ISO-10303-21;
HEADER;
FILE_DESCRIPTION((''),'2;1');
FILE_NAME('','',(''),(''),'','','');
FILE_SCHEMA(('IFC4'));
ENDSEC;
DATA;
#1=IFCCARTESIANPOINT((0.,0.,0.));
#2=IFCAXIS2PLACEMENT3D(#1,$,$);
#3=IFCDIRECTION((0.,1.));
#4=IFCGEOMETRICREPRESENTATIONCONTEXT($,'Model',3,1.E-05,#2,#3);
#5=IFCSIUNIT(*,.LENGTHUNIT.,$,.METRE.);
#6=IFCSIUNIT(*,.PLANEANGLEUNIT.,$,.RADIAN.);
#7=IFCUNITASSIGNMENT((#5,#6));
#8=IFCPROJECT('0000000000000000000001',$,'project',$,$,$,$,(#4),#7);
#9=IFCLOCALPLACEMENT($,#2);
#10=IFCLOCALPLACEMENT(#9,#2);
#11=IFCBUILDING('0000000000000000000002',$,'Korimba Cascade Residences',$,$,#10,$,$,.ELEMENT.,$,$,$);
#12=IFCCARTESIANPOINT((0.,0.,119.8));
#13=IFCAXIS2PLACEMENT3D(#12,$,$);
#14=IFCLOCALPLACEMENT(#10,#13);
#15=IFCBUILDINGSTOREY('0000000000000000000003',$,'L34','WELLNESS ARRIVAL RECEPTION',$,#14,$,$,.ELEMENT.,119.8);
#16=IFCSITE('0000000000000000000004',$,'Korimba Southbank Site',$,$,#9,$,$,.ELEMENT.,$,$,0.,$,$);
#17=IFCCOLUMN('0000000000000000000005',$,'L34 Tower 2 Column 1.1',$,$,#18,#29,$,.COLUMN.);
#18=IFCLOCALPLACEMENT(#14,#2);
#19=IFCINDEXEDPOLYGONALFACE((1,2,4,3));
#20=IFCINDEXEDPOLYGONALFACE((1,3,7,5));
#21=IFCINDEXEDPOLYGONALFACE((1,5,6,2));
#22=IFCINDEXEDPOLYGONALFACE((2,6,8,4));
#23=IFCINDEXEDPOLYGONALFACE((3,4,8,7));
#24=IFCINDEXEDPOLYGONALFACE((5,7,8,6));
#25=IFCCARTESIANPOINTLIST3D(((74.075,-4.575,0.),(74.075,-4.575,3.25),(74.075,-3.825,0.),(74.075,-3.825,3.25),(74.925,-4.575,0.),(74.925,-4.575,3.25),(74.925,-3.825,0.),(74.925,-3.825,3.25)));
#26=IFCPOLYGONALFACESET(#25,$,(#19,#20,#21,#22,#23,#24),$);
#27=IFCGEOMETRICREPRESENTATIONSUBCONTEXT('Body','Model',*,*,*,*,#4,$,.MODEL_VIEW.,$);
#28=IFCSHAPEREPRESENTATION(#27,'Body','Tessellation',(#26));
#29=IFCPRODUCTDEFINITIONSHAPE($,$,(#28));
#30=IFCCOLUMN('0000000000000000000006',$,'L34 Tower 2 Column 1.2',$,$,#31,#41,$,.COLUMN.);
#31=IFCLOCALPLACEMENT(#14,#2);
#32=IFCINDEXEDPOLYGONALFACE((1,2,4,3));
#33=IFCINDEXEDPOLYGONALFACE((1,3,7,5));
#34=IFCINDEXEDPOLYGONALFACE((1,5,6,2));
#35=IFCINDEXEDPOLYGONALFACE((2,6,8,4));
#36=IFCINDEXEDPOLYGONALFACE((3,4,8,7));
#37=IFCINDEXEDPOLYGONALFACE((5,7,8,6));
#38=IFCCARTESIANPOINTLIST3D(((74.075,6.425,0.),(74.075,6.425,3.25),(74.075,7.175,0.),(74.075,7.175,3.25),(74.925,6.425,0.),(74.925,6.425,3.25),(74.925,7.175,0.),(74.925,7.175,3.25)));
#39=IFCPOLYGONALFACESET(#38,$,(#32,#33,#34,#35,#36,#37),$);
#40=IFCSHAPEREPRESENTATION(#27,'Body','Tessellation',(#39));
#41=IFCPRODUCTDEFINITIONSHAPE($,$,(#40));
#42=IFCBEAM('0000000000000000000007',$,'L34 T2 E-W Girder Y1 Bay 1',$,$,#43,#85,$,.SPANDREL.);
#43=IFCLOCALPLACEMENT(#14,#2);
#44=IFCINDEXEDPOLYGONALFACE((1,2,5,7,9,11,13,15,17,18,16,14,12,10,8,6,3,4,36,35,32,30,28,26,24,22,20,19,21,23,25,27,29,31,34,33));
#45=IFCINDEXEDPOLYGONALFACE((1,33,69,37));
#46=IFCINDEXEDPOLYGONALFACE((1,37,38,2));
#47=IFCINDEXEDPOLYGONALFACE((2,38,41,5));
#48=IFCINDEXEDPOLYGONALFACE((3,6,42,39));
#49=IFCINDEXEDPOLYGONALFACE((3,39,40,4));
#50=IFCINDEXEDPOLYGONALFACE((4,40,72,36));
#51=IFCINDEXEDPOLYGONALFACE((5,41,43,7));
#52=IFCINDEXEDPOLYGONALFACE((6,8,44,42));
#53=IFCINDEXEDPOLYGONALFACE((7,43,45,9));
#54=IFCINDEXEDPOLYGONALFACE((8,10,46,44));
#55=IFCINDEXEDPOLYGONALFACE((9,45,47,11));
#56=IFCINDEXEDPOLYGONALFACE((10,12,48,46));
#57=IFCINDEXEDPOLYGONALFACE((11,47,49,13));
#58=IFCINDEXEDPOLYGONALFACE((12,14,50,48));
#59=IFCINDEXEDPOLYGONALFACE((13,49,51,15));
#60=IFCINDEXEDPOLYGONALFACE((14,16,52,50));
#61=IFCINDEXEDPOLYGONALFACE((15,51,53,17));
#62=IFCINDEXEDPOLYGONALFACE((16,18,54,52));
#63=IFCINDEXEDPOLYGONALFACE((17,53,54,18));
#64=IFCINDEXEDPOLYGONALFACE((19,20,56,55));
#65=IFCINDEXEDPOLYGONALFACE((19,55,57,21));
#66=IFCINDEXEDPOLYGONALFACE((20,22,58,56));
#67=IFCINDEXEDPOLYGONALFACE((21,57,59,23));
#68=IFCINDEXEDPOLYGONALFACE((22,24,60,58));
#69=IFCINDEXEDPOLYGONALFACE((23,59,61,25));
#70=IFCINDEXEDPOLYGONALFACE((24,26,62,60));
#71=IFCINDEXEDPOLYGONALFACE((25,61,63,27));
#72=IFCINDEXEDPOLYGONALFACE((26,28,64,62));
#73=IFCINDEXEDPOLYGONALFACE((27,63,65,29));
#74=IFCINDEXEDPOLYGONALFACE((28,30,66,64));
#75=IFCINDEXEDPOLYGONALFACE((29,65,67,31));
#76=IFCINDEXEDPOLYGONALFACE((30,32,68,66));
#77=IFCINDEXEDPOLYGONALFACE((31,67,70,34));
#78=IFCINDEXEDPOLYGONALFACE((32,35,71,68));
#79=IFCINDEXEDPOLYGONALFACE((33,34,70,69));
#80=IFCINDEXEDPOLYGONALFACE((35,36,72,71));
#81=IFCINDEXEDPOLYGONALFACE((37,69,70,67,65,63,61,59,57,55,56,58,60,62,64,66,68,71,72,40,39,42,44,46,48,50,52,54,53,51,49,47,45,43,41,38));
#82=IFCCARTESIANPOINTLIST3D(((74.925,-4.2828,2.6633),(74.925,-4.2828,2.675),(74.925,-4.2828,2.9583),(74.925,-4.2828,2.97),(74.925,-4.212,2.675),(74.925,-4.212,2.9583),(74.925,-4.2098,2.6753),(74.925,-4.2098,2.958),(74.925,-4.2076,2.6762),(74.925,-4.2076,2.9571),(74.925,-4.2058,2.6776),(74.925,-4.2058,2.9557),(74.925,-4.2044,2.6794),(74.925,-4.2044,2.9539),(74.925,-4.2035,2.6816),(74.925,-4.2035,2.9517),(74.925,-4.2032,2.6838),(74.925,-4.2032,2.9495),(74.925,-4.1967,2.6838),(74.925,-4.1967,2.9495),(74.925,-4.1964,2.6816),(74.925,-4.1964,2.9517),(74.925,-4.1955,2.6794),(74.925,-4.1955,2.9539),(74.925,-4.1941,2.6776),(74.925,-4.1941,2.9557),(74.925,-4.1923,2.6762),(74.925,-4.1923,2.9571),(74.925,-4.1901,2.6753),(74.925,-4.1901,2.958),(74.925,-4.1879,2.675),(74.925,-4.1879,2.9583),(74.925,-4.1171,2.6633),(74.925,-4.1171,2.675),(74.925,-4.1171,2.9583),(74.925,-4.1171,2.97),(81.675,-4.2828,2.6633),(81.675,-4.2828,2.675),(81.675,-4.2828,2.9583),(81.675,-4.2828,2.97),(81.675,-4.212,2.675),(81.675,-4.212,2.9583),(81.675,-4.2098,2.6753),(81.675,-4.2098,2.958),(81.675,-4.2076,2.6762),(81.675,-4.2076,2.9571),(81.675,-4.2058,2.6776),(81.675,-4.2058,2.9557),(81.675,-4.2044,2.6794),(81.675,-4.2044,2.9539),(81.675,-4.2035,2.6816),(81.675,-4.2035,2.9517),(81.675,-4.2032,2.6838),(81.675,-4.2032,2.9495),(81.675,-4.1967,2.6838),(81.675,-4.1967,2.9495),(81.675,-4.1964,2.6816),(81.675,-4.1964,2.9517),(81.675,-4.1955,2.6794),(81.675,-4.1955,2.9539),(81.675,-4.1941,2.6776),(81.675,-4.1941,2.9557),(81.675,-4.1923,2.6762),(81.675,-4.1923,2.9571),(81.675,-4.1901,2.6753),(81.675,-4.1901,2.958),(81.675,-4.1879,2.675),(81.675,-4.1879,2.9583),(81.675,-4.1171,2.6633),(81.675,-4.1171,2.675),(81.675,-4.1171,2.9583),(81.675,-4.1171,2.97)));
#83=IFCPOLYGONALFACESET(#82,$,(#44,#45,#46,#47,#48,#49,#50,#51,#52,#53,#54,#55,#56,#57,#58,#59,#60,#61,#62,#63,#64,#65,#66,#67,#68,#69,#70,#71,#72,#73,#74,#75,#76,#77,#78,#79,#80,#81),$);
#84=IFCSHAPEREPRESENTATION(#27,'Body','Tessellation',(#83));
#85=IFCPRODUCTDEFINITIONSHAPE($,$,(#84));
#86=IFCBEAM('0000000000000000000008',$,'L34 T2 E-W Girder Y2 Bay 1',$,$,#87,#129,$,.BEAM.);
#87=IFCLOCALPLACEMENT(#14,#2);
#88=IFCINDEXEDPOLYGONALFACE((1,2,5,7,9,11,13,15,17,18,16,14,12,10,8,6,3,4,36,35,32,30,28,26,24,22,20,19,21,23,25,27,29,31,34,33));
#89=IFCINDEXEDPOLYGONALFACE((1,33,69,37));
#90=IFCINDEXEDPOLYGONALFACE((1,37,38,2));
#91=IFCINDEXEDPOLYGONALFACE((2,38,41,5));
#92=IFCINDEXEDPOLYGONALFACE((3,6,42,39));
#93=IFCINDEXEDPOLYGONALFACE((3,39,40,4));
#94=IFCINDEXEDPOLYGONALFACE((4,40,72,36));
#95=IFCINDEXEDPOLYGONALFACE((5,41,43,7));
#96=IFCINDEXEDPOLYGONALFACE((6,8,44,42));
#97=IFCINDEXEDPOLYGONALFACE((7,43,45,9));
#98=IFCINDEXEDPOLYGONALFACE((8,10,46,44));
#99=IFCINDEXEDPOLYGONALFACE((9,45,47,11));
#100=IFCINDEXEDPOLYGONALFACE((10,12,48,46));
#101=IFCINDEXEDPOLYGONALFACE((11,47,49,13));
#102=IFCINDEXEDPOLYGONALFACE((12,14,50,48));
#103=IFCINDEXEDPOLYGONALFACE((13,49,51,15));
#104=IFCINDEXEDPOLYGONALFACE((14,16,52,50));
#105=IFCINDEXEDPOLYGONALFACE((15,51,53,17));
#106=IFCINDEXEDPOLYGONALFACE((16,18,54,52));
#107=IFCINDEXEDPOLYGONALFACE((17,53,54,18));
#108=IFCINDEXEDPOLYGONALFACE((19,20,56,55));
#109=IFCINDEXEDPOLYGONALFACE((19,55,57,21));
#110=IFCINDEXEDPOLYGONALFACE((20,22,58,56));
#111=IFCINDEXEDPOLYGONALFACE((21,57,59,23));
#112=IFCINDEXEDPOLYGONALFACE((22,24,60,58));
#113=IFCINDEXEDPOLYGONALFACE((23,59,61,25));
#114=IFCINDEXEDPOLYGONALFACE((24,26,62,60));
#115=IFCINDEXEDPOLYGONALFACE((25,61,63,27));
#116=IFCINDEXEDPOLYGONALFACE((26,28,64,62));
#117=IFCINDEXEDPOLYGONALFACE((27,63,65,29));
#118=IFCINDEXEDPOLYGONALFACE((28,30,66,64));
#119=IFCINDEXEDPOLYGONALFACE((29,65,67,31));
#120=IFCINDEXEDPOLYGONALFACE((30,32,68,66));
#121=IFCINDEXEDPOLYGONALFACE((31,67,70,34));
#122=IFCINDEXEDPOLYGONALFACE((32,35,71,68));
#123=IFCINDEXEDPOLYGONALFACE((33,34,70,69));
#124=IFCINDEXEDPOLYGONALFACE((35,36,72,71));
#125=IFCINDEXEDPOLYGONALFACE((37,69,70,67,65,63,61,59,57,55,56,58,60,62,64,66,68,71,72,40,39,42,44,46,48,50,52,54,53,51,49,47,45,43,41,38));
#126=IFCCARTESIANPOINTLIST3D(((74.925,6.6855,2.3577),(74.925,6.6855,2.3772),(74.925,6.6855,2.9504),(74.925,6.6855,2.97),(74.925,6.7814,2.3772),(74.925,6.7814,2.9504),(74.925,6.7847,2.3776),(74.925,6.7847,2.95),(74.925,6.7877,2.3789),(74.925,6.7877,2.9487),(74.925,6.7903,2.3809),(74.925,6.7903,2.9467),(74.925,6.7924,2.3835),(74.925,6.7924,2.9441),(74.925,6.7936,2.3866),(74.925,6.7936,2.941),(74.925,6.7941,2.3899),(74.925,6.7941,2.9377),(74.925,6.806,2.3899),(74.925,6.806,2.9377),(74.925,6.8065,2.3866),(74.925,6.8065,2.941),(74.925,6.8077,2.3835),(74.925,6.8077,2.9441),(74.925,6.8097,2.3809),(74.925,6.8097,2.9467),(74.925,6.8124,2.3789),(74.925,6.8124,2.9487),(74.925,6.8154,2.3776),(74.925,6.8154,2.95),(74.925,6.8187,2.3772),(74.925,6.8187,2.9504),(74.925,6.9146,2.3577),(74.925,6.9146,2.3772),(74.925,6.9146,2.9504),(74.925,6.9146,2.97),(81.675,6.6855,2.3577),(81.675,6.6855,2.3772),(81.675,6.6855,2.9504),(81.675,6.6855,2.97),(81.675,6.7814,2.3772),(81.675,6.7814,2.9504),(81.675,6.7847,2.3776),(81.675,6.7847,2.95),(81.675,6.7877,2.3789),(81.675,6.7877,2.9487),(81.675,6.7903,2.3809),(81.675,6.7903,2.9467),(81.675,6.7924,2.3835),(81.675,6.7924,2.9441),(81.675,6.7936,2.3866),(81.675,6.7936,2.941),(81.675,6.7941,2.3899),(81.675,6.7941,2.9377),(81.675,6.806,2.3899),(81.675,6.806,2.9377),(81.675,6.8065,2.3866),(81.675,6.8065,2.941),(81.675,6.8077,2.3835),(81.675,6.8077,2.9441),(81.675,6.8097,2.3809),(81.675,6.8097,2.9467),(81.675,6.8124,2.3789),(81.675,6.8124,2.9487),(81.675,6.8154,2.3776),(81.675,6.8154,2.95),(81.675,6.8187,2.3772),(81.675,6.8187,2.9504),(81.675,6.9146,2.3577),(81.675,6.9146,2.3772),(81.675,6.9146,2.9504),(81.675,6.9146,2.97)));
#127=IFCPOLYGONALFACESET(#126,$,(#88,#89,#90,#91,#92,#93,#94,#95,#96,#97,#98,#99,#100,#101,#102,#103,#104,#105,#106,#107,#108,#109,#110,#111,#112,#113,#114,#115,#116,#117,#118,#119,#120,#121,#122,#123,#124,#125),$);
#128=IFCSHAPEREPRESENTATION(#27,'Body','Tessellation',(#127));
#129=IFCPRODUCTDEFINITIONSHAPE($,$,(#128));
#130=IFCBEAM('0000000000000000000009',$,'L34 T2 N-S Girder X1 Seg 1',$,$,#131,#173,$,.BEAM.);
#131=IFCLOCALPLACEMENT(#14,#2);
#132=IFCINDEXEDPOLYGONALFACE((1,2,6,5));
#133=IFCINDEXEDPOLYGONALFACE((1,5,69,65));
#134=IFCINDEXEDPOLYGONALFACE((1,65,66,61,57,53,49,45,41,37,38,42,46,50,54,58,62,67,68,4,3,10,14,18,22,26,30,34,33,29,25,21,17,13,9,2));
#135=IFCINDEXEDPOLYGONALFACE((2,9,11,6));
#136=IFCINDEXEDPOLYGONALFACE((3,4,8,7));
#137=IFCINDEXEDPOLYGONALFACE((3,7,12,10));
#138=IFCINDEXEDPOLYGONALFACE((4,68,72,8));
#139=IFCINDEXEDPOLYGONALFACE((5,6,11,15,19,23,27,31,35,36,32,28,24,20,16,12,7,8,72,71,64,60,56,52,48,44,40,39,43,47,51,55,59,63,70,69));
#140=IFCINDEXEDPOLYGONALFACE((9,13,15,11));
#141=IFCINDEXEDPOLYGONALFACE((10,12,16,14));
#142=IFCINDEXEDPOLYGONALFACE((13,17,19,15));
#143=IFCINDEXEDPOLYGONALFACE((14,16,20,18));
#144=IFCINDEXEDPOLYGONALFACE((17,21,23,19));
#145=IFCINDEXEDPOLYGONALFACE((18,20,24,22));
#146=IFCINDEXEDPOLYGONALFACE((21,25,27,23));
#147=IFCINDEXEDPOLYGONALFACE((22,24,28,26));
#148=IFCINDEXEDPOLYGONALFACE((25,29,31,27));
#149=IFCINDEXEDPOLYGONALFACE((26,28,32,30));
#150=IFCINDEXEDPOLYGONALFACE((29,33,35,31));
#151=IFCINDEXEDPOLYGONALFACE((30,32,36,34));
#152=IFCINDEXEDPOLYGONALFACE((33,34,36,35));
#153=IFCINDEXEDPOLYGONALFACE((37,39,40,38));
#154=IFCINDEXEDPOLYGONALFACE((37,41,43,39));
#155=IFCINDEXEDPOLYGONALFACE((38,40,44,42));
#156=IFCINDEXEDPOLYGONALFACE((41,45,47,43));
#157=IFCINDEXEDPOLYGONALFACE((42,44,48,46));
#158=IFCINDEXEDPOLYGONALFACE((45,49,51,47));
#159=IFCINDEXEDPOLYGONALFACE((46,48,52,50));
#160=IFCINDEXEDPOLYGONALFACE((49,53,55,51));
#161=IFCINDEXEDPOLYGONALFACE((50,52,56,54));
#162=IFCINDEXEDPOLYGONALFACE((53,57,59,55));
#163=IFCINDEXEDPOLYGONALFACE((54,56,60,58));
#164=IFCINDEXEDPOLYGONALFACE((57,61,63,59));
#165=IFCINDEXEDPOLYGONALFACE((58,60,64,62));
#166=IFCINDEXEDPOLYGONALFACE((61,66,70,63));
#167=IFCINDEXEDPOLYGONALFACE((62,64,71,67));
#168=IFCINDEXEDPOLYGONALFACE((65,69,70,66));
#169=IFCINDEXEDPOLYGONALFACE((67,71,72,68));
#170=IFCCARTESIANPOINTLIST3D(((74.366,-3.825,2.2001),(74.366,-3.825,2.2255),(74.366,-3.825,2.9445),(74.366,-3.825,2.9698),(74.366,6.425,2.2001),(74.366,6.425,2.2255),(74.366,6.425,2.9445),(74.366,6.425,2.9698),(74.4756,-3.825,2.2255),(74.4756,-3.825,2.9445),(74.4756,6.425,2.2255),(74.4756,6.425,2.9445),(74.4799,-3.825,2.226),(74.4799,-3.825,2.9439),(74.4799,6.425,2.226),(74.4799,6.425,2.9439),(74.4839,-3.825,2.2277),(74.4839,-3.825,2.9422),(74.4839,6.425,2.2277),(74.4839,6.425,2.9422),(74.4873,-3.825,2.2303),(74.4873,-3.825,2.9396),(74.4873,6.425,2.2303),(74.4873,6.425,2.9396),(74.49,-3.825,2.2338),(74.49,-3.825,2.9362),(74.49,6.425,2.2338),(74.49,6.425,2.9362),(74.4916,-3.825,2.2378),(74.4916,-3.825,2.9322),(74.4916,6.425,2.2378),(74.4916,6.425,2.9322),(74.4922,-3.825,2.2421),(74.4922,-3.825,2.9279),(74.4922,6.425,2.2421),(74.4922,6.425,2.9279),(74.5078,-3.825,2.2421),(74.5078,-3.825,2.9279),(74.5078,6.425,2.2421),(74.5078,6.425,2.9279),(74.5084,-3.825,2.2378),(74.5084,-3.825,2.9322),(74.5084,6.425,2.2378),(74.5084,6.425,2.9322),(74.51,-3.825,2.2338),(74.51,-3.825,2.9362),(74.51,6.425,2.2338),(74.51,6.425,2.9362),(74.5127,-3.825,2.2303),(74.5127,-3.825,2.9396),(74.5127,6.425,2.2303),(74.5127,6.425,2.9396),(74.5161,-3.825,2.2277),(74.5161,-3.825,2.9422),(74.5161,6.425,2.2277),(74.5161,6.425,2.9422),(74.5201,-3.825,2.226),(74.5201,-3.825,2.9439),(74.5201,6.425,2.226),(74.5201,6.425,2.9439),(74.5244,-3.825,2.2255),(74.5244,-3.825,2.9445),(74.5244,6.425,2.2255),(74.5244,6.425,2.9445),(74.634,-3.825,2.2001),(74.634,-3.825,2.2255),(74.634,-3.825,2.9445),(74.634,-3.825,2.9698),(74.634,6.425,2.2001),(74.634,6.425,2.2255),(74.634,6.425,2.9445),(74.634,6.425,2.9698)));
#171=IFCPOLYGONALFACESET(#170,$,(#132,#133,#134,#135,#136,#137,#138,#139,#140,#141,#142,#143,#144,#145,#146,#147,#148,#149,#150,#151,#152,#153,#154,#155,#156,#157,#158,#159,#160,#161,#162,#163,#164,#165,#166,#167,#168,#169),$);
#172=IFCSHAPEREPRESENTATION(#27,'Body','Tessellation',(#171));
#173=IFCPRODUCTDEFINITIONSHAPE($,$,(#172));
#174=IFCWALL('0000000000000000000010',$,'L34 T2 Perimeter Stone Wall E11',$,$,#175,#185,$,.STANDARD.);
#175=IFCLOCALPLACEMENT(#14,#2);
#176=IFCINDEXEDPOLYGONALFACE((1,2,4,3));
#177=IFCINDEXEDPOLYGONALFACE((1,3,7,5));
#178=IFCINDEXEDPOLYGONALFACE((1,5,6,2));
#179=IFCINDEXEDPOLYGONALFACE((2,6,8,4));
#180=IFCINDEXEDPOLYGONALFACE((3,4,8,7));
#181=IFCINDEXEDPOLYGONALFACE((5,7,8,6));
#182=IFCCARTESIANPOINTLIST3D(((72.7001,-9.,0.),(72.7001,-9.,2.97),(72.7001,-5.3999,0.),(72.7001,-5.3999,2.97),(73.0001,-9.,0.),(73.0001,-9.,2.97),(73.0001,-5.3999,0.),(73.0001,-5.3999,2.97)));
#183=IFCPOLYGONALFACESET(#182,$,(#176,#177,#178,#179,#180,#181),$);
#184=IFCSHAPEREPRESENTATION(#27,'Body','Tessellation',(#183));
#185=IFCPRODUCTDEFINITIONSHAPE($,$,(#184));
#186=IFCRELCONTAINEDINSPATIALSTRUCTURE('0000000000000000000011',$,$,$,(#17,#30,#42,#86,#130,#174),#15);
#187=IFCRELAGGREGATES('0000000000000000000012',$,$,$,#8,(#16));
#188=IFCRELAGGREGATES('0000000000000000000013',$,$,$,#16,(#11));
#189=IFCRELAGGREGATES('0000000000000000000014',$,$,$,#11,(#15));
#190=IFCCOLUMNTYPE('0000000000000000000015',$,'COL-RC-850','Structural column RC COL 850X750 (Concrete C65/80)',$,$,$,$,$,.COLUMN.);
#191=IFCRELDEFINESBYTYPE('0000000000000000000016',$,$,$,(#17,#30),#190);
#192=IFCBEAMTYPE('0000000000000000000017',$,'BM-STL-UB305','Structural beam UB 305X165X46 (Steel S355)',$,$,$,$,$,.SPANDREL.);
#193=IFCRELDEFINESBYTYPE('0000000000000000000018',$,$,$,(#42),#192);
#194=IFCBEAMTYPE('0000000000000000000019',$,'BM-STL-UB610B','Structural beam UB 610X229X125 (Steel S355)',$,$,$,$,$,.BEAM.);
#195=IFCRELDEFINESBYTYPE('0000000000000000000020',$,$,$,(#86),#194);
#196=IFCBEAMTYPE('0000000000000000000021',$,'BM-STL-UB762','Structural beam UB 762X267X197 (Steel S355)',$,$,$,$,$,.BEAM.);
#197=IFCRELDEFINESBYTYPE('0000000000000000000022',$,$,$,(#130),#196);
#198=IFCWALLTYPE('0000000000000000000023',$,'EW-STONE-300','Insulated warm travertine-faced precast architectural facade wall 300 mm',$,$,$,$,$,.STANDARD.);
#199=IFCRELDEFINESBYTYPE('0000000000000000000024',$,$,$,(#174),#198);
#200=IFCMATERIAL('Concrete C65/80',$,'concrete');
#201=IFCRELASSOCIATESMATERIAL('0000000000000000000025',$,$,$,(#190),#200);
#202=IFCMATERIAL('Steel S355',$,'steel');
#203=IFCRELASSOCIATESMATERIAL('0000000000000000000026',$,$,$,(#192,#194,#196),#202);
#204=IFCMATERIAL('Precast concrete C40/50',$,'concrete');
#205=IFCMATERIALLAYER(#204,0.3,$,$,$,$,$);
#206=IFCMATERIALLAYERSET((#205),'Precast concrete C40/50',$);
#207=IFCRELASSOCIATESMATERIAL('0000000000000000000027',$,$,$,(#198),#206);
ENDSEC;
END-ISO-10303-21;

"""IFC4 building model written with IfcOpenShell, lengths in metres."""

from ifc_helpers import new_model, si_unit, direction, frame, frame_2d, origin, origin_2d, place, context, subcontext, project, spatial, rectangle, i_section, extrude, material, layer, layer_set, material_profile, profile_set, type_object, element, save


model = new_model("IFC4")

# Units and contexts
model_context = context("Model", 3, precision=1e-05, world=origin(), true_north=direction((0.0, 1.0)))
body_context = subcontext(model_context, "Body", "Model", "MODEL_VIEW")
ifc_project = project(units=[si_unit("LENGTHUNIT", "METRE"), si_unit("PLANEANGLEUNIT", "RADIAN")], contexts=[model_context])

# Site, building, storey
site_placement = place(None, origin())
site = spatial("IfcSite", under=ifc_project, at=site_placement, Name="Korimba Southbank Site", CompositionType="ELEMENT", RefElevation=0.0)
building_placement = place(site_placement, origin())
building = spatial("IfcBuilding", under=site, at=building_placement, Name="Korimba Cascade Residences", CompositionType="ELEMENT")
storey_placement = place(building_placement, frame((0.0, 0.0, 119.8)))
storey = spatial("IfcBuildingStorey", under=building, at=storey_placement, Name="L34", Description="WELLNESS ARRIVAL RECEPTION", CompositionType="ELEMENT", Elevation=119.8)

# Columns
ifc_material_1 = material(Name="Concrete C65/80", Category="concrete")
ifc_material_profile_1 = material_profile(ifc_material_1, rectangle(XDim=0.8501, YDim=0.75, at=origin_2d()), Name="Concrete C65/80")
ifc_profile_set_1 = profile_set([ifc_material_profile_1], Name="Concrete C65/80")
column_type = type_object("IfcColumnType", Name="COL-RC-850", Description="Structural column RC COL 850X750 (Concrete C65/80)", PredefinedType="COLUMN", material=ifc_profile_set_1)
for number, where, z_axis, x_axis, name in (
    (1, (74.5, -4.2, 0.0), (0.0, 0.0, 1.0), (1.0, 0.0, 0.0), "L34 Tower 2 Column 1.1"),
    (2, (74.5, 6.8, 0.0), (0.0, 0.0, 1.0), (1.0, 0.0, 0.0), "L34 Tower 2 Column 1.2"),
):
    element("IfcColumn", number, at=place(storey_placement, frame(where, z_axis=z_axis, x_axis=x_axis)), inside=storey, type_object=column_type, Name=name, PredefinedType="COLUMN", context=body_context, shape_type="SweptSolid", body=[
        extrude(rectangle(XDim=0.8501, YDim=0.75, at=origin_2d()), origin(), (0.0, 0.0, 1.0), 3.25),
    ])

# Beams
ifc_material_2 = material(Name="Steel S355", Category="steel")
ifc_material_profile_2 = material_profile(ifc_material_2, i_section(OverallWidth=0.1658, OverallDepth=0.3066, WebThickness=0.0066, FlangeThickness=0.0117, FilletRadius=0.0088, at=origin_2d()), Name="Steel S355")
ifc_profile_set_2 = profile_set([ifc_material_profile_2], Name="Steel S355")
beam_type_1 = type_object("IfcBeamType", Name="BM-STL-UB305", Description="Structural beam UB 305X165X46 (Steel S355)", PredefinedType="SPANDREL", material=ifc_profile_set_2)
beam_1_placement = place(storey_placement, frame((74.925, -4.2, 2.8167), z_axis=(1.0, 0.0, 0.0), x_axis=(0.0, 1.0, 0.0)))
element("IfcBeam", 3, at=beam_1_placement, inside=storey, type_object=beam_type_1, Name="L34 T2 E-W Girder Y1 Bay 1", PredefinedType="SPANDREL", context=body_context, shape_type="SweptSolid", body=[
    extrude(i_section(OverallWidth=0.1658, OverallDepth=0.3066, WebThickness=0.0066, FlangeThickness=0.0117, FilletRadius=0.0088, at=origin_2d()), origin(), (0.0, 0.0, 1.0), 6.75),
])
ifc_material_profile_3 = material_profile(ifc_material_2, i_section(OverallWidth=0.229, OverallDepth=0.6123, WebThickness=0.012, FlangeThickness=0.0195, FilletRadius=0.0127, at=origin_2d()), Name="Steel S355")
ifc_profile_set_3 = profile_set([ifc_material_profile_3], Name="Steel S355")
beam_type_2 = type_object("IfcBeamType", Name="BM-STL-UB610B", Description="Structural beam UB 610X229X125 (Steel S355)", PredefinedType="BEAM", material=ifc_profile_set_3)
beam_2_placement = place(storey_placement, frame((74.925, 6.8, 2.6638), z_axis=(1.0, 0.0, 0.0), x_axis=(0.0, 1.0, 0.0)))
element("IfcBeam", 4, at=beam_2_placement, inside=storey, type_object=beam_type_2, Name="L34 T2 E-W Girder Y2 Bay 1", PredefinedType="BEAM", context=body_context, shape_type="SweptSolid", body=[
    extrude(i_section(OverallWidth=0.229, OverallDepth=0.6123, WebThickness=0.012, FlangeThickness=0.0195, FilletRadius=0.0127, at=origin_2d()), origin(), (0.0, 0.0, 1.0), 6.75),
])
ifc_material_profile_4 = material_profile(ifc_material_2, i_section(OverallWidth=0.2681, OverallDepth=0.7698, WebThickness=0.0156, FlangeThickness=0.0254, FilletRadius=0.0166, at=origin_2d()), Name="Steel S355")
ifc_profile_set_4 = profile_set([ifc_material_profile_4], Name="Steel S355")
beam_type_3 = type_object("IfcBeamType", Name="BM-STL-UB762", Description="Structural beam UB 762X267X197 (Steel S355)", PredefinedType="BEAM", material=ifc_profile_set_4)
beam_3_placement = place(storey_placement, frame((74.5, -3.825, 2.585), z_axis=(0.0, 1.0, 0.0), x_axis=(-1.0, 0.0, 0.0)))
element("IfcBeam", 5, at=beam_3_placement, inside=storey, type_object=beam_type_3, Name="L34 T2 N-S Girder X1 Seg 1", PredefinedType="BEAM", context=body_context, shape_type="SweptSolid", body=[
    extrude(i_section(OverallWidth=0.2681, OverallDepth=0.7698, WebThickness=0.0156, FlangeThickness=0.0254, FilletRadius=0.0166, at=origin_2d()), origin(), (0.0, 0.0, 1.0), 10.25),
])

# Wall
ifc_material_3 = material(Name="Precast concrete C40/50", Category="concrete")
ifc_layer_1 = layer(ifc_material_3, 0.3)
ifc_layer_set_1 = layer_set([ifc_layer_1], Name="Precast concrete C40/50")
wall_type_1 = type_object("IfcWallType", Name="EW-STONE-300", Description="Insulated warm travertine-faced precast architectural facade wall 300 mm", PredefinedType="STANDARD", material=ifc_layer_set_1)
wall_1_placement = place(storey_placement, frame((72.8501, -5.3999, 0.0), z_axis=(0.0, 0.0, 1.0), x_axis=(0.0, -1.0, 0.0)))
element("IfcWall", 6, at=wall_1_placement, inside=storey, type_object=wall_type_1, Name="L34 T2 Perimeter Stone Wall E11", PredefinedType="STANDARD", context=body_context, shape_type="SweptSolid", body=[
    extrude(rectangle(XDim=3.6001, YDim=0.3, at=frame_2d((1.8, 0.0))), origin(), (0.0, 0.0, 1.0), 2.97),
])

save(model, "model.ifc")
